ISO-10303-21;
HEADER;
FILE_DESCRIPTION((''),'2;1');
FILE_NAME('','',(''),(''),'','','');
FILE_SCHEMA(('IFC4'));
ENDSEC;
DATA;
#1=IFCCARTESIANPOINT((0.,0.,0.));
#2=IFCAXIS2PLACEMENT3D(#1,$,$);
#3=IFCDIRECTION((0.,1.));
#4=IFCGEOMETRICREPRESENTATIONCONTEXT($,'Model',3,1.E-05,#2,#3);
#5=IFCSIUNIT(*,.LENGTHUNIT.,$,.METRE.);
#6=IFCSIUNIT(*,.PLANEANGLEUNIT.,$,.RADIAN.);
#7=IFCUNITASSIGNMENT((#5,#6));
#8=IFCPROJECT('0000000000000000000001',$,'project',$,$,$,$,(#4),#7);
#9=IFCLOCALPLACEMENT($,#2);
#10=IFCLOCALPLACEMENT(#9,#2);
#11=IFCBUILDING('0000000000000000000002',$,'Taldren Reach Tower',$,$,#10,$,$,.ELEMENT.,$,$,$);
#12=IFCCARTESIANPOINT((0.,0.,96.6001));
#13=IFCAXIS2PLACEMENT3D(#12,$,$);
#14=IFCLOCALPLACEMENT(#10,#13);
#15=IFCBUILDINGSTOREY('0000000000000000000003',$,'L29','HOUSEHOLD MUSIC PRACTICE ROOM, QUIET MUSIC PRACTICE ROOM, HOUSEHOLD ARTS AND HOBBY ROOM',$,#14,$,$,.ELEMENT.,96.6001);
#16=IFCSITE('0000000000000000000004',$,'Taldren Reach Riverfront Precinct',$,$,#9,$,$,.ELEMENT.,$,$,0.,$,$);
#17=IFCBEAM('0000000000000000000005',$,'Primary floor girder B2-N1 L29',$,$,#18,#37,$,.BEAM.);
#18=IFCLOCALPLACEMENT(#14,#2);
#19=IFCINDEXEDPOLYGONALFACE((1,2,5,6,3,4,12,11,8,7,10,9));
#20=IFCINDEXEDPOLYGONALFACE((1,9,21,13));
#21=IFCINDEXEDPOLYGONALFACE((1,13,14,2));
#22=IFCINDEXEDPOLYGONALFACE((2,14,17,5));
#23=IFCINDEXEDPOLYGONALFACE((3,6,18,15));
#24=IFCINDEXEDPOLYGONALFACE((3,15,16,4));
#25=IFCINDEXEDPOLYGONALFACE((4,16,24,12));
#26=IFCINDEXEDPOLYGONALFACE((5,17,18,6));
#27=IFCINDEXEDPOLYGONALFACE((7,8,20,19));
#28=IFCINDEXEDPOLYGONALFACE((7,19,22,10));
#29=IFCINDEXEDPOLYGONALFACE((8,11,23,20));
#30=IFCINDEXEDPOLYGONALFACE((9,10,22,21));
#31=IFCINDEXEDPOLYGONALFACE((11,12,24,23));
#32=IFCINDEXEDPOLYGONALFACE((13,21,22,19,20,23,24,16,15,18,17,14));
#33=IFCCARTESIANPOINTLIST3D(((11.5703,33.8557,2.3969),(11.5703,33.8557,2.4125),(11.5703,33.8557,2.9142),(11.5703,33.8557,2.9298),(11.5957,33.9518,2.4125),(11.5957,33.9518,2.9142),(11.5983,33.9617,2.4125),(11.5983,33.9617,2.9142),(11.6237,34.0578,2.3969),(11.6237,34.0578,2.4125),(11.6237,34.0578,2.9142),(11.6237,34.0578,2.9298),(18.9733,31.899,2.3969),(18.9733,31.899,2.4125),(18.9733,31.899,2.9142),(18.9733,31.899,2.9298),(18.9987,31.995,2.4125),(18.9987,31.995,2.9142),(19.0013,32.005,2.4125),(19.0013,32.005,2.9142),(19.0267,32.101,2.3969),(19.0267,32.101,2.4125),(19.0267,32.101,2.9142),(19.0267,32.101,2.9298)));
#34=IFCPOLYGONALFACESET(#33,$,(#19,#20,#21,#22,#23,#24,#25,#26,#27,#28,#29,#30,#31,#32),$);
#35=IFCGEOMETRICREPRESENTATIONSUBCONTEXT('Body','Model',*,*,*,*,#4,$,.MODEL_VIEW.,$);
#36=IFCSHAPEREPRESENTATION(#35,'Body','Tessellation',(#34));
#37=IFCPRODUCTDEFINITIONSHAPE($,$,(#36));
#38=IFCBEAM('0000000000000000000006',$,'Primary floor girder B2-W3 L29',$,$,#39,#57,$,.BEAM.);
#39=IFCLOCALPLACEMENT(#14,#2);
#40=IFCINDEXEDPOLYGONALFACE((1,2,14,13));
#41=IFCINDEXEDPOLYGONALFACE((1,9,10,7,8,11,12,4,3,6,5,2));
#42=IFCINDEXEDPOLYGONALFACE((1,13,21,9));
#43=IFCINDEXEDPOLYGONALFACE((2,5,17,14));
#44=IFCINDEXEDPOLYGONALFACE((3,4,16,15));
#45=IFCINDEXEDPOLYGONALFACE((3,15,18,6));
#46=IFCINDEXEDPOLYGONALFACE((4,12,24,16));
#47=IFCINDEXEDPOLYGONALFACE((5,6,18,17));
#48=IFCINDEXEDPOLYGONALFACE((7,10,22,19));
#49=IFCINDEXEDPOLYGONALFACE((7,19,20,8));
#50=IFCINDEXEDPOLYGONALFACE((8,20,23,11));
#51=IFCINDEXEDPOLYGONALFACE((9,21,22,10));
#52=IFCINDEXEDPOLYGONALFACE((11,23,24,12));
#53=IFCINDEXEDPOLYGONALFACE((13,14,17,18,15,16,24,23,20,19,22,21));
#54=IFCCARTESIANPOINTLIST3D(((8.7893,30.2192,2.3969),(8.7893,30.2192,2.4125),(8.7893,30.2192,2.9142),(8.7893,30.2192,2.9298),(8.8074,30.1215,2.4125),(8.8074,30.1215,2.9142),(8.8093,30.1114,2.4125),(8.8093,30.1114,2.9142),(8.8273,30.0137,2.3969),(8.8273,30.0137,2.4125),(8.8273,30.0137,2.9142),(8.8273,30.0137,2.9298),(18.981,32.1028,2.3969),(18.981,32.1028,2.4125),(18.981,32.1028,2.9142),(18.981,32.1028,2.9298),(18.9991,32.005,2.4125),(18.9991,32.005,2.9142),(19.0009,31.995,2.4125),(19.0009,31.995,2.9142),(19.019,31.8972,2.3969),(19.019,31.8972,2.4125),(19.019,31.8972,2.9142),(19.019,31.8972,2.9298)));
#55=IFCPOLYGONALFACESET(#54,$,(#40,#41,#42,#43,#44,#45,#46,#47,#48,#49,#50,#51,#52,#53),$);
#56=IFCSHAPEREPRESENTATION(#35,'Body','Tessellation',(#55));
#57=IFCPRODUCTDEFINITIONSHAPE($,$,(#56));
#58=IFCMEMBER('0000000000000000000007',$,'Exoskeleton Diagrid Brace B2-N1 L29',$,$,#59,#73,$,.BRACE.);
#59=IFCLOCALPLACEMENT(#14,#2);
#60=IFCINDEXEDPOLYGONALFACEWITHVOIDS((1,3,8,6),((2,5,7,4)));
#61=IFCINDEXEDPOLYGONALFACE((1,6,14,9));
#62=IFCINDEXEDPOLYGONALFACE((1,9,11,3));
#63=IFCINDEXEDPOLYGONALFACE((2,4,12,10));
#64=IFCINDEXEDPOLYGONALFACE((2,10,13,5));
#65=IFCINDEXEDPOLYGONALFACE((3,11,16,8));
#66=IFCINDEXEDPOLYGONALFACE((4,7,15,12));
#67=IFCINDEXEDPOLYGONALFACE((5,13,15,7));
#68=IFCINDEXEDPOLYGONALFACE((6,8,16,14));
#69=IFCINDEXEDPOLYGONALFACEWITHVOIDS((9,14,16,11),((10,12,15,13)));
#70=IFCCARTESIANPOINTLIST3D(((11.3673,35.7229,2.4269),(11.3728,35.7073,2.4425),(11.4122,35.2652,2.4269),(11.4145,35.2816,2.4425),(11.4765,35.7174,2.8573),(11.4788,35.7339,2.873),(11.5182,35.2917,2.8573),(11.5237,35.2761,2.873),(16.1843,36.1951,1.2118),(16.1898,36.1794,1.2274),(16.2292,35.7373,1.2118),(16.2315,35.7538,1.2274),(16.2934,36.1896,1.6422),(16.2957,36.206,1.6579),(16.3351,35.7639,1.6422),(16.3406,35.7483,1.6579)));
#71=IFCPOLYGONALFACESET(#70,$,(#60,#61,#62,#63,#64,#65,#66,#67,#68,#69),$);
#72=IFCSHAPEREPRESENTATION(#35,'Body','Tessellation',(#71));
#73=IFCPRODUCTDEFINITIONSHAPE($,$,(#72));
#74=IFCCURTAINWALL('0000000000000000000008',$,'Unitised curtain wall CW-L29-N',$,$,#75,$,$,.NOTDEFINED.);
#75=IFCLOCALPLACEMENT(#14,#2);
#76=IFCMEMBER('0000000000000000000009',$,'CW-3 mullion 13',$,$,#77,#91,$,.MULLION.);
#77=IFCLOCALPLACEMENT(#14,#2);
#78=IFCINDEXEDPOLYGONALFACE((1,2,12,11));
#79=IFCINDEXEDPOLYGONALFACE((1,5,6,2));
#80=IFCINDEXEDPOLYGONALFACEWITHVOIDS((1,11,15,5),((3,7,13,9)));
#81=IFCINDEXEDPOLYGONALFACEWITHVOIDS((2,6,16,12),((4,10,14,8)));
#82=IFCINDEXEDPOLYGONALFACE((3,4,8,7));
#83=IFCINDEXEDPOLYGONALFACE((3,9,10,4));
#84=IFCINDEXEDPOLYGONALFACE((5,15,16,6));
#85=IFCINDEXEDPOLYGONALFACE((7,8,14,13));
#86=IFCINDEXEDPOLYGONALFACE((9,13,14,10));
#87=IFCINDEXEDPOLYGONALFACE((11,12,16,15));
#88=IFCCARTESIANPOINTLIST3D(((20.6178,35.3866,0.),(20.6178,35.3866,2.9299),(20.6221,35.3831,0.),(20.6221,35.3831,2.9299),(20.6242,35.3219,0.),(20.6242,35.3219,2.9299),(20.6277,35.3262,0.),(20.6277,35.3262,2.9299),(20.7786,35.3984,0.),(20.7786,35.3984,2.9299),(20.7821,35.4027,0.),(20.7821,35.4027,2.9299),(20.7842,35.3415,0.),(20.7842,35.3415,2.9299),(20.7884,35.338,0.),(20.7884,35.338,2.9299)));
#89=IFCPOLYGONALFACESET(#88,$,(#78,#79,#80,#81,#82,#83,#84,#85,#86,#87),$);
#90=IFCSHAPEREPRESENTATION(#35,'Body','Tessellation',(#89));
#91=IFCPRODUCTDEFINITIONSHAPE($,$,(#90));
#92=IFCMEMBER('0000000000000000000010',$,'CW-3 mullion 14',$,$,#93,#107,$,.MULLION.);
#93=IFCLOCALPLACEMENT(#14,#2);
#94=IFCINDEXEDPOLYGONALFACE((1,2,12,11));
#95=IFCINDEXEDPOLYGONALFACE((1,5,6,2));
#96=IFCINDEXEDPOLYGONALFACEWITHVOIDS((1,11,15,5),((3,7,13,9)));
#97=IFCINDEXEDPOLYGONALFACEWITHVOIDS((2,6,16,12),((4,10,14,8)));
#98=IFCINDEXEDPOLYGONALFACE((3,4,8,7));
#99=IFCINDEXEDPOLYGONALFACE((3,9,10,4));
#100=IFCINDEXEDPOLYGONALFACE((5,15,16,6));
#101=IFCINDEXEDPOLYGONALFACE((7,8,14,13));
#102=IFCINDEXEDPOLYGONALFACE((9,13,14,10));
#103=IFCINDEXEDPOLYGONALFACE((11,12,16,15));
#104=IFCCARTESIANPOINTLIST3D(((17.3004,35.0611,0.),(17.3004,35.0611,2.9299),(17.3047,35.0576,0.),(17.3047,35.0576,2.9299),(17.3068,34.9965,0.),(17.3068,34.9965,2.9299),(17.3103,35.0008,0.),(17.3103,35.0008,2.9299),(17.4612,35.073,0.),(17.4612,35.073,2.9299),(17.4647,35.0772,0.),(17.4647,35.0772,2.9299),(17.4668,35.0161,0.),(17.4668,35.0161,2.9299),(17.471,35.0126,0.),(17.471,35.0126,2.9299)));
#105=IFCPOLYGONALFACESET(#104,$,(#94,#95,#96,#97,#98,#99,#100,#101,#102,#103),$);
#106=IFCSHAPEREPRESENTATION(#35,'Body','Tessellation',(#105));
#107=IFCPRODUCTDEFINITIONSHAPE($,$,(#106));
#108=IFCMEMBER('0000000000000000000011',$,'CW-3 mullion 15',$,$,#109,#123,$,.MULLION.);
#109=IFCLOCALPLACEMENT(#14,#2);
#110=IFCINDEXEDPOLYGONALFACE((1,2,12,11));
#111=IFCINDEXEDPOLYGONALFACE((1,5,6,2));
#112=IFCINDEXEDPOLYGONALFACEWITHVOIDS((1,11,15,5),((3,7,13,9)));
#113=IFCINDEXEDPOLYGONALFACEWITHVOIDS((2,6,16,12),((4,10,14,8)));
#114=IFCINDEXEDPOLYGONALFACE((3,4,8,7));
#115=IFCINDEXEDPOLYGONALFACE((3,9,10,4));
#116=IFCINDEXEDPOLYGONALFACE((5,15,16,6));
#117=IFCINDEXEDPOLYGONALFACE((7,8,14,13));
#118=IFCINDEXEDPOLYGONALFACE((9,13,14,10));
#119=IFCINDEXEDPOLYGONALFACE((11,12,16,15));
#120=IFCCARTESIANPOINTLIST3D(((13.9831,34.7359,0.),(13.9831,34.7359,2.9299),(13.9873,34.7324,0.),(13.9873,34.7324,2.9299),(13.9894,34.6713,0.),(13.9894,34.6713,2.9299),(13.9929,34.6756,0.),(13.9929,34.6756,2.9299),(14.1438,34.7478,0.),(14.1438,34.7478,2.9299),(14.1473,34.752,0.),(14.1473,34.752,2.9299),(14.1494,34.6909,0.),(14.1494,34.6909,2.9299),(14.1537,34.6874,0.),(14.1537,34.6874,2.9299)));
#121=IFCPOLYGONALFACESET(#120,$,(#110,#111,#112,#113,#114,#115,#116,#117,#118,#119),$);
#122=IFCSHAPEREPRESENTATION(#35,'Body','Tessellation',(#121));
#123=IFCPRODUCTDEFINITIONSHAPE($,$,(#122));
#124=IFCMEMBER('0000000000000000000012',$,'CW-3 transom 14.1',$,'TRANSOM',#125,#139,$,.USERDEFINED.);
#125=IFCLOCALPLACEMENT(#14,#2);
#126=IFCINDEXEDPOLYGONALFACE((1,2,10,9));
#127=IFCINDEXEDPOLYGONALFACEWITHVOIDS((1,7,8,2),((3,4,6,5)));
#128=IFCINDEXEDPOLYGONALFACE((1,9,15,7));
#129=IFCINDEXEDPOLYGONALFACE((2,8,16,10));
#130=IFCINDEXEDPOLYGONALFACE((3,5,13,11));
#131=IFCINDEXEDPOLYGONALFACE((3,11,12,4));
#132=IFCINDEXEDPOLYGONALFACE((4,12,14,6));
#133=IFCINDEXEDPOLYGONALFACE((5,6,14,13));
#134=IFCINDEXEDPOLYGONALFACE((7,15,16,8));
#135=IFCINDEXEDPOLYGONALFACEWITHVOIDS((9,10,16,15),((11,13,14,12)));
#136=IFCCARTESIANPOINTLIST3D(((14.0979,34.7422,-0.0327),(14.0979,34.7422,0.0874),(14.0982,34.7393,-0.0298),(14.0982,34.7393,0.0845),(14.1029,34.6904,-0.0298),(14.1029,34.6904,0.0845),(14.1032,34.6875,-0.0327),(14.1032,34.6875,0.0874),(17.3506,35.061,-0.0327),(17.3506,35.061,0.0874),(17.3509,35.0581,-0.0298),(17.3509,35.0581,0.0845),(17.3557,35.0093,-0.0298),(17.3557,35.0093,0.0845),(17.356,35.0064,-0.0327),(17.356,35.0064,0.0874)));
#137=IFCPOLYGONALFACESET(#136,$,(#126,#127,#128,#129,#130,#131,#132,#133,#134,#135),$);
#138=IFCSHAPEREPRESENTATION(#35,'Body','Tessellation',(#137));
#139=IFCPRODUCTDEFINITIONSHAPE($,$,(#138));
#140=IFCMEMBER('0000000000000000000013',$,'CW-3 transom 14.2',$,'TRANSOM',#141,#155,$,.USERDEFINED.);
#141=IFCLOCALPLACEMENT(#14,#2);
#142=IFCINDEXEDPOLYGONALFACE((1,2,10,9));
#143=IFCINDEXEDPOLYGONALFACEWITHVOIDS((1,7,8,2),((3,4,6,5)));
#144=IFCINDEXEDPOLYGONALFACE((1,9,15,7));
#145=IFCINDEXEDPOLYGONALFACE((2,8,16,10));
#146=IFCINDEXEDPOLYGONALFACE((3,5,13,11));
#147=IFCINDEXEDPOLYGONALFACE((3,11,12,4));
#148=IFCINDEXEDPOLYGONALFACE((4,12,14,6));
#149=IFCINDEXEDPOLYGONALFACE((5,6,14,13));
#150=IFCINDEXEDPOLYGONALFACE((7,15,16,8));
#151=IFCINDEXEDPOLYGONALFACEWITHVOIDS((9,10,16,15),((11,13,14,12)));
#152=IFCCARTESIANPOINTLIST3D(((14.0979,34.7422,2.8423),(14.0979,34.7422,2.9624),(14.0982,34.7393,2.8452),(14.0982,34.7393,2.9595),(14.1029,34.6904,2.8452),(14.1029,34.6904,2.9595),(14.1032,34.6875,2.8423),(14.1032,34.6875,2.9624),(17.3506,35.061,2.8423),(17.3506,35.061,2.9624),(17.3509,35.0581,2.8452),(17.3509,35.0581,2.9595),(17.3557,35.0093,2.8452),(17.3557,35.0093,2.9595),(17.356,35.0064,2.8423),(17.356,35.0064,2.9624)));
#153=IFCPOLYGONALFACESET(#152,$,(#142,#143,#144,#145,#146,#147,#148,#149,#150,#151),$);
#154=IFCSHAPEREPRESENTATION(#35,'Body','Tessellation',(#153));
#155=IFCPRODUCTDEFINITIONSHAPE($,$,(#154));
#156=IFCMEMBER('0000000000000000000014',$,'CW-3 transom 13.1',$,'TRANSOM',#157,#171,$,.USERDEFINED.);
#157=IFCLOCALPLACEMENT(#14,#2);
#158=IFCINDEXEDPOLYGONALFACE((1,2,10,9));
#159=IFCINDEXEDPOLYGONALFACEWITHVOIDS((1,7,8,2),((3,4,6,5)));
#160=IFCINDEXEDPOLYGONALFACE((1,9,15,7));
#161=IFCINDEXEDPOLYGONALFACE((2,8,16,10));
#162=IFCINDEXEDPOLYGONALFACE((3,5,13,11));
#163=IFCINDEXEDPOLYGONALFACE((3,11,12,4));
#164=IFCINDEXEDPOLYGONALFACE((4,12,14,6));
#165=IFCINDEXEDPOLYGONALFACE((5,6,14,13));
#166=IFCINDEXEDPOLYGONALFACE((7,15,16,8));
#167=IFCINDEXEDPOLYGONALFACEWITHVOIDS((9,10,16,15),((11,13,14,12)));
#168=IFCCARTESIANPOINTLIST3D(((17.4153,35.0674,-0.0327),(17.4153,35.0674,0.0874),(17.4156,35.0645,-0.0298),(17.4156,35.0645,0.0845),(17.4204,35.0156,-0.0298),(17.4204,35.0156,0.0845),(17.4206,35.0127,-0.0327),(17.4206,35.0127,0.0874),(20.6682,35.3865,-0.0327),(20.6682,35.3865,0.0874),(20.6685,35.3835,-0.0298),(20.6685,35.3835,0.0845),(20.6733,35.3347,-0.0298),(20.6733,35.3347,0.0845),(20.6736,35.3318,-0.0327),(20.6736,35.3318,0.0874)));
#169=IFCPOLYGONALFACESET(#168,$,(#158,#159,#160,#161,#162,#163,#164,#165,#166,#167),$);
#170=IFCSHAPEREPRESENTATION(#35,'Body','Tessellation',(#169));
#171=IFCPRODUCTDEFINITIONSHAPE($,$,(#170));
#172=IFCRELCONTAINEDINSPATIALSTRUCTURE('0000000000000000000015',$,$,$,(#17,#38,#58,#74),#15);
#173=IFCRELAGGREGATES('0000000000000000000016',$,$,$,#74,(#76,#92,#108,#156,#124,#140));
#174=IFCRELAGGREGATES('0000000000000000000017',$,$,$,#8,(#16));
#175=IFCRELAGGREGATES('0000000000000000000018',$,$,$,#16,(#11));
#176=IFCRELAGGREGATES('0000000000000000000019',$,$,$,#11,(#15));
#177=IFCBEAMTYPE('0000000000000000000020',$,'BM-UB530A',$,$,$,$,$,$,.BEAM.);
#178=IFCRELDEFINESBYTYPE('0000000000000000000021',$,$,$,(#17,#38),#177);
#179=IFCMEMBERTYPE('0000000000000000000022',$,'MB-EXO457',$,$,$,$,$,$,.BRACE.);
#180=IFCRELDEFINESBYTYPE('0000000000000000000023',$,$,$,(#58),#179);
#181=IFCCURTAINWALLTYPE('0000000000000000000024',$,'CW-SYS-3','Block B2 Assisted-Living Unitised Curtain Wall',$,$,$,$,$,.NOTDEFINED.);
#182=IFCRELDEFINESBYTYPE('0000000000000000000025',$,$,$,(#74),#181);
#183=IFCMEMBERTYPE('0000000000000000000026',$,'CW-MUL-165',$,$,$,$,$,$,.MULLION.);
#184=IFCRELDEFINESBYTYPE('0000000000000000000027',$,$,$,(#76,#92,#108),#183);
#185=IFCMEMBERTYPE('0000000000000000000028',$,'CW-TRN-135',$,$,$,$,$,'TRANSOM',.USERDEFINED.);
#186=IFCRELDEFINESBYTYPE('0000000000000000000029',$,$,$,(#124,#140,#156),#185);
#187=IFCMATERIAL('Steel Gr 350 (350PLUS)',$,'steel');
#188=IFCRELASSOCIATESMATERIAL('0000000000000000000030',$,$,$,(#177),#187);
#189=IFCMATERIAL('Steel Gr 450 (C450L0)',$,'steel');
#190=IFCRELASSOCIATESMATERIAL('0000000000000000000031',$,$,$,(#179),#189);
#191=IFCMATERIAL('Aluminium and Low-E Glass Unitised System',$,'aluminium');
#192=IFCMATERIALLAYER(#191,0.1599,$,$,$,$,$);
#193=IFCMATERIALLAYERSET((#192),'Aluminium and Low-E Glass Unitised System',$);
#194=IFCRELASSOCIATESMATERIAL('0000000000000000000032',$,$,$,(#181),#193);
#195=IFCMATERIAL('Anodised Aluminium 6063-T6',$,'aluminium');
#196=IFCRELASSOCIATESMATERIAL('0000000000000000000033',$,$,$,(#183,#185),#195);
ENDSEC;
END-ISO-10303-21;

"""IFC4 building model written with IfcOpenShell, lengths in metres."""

from ifc_helpers import new_model, si_unit, direction, frame, origin, origin_2d, place, context, subcontext, project, spatial, hollow_rectangle, i_section, extrude, source, transform, mapped, material, layer, layer_set, material_profile, profile_set, type_object, element, aggregate, save


model = new_model("IFC4")

# Units and contexts
model_context = context("Model", 3, precision=1e-05, world=origin(), true_north=direction((0.0, 1.0)))
body_context = subcontext(model_context, "Body", "Model", "MODEL_VIEW")
ifc_project = project(units=[si_unit("LENGTHUNIT", "METRE"), si_unit("PLANEANGLEUNIT", "RADIAN")], contexts=[model_context])

# Site, building, storey
site_placement = place(None, origin())
site = spatial("IfcSite", under=ifc_project, at=site_placement, Name="Taldren Reach Riverfront Precinct", CompositionType="ELEMENT", RefElevation=0.0)
building_placement = place(site_placement, origin())
building = spatial("IfcBuilding", under=site, at=building_placement, Name="Taldren Reach Tower", CompositionType="ELEMENT")
storey_placement = place(building_placement, frame((0.0, 0.0, 96.6001)))
storey = spatial("IfcBuildingStorey", under=building, at=storey_placement, Name="L29", Description="HOUSEHOLD MUSIC PRACTICE ROOM, QUIET MUSIC PRACTICE ROOM, HOUSEHOLD ARTS AND HOBBY ROOM", CompositionType="ELEMENT", Elevation=96.6001)

# Beams
ifc_material_1 = material(Name="Steel Gr 350 (350PLUS)", Category="steel")
ifc_material_profile_1 = material_profile(ifc_material_1, i_section(OverallWidth=0.209, OverallDepth=0.533, WebThickness=0.0103, FlangeThickness=0.0156, at=origin_2d()), Name="530UB92.4")
ifc_profile_set_1 = profile_set([ifc_material_profile_1], Name="Steel Gr 350 (350PLUS)")
beam_type = type_object("IfcBeamType", Name="BM-UB530A", PredefinedType="BEAM", material=ifc_profile_set_1)
shared_shape_1 = source(origin(), body_context, "Body", "SweptSolid", [
    extrude(i_section(OverallWidth=0.209, OverallDepth=0.533, WebThickness=0.0103, FlangeThickness=0.0156, at=origin_2d()), origin(), (0.0, 0.0, 1.0), 7.6572),
])
beam_1_placement = place(storey_placement, frame((19.0, 32.0, 2.6633), z_axis=(-0.966797, 0.255545, 0.0), x_axis=(-0.255545, -0.966797, 0.0)))
element("IfcBeam", 1, at=beam_1_placement, inside=storey, type_object=beam_type, Name="Primary floor girder B2-N1 L29", PredefinedType="BEAM", context=body_context, shape_type="MappedRepresentation", body=[
    mapped(shared_shape_1, transform((0.0, 0.0, 0.0), scale=1.0)),
])
shared_shape_2 = source(origin(), body_context, "Body", "SweptSolid", [
    extrude(i_section(OverallWidth=0.209, OverallDepth=0.533, WebThickness=0.0103, FlangeThickness=0.0156, at=origin_2d()), origin(), (0.0, 0.0, 1.0), 10.3643),
])
beam_2_placement = place(storey_placement, frame((19.0, 32.0, 2.6633), z_axis=(-0.983348, -0.181735, 0.0), x_axis=(0.181735, -0.983348, 0.0)))
element("IfcBeam", 2, at=beam_2_placement, inside=storey, type_object=beam_type, Name="Primary floor girder B2-W3 L29", PredefinedType="BEAM", context=body_context, shape_type="MappedRepresentation", body=[
    mapped(shared_shape_2, transform((0.0, 0.0, 0.0), scale=1.0)),
])

# Member
ifc_material_2 = material(Name="Steel Gr 450 (C450L0)", Category="steel")
ifc_material_profile_2 = material_profile(ifc_material_2, hollow_rectangle(XDim=0.46, YDim=0.46, WallThickness=0.0161, at=origin_2d()), Name="460x460x16.0SHS")
ifc_profile_set_2 = profile_set([ifc_material_profile_2], Name="Steel Gr 450 (C450L0)")
member_type_1 = type_object("IfcMemberType", Name="MB-EXO457", PredefinedType="BRACE", material=ifc_profile_set_2)
shared_shape_3 = source(origin(), body_context, "Body", "SweptSolid", [
    extrude(hollow_rectangle(XDim=0.46, YDim=0.46, WallThickness=0.0161, at=origin_2d()), origin(), (0.0, 0.0, 1.0), 4.9902),
])
member_1_placement = place(storey_placement, frame((16.2625, 35.9717, 1.4348), z_axis=(-0.965276, -0.09462, 0.243496), x_axis=(0.097556, -0.99523, 0.0)))
element("IfcMember", 3, at=member_1_placement, inside=storey, type_object=member_type_1, Name="Exoskeleton Diagrid Brace B2-N1 L29", PredefinedType="BRACE", context=body_context, shape_type="MappedRepresentation", body=[
    mapped(shared_shape_3, transform((0.0, 0.0, 0.0), scale=1.0)),
])

# Curtain wall, members
ifc_material_3 = material(Name="Aluminium and Low-E Glass Unitised System", Category="aluminium")
ifc_layer_1 = layer(ifc_material_3, 0.1599)
ifc_layer_set_1 = layer_set([ifc_layer_1], Name="Aluminium and Low-E Glass Unitised System")
curtain_wall_type = type_object("IfcCurtainWallType", Name="CW-SYS-3", Description="Block B2 Assisted-Living Unitised Curtain Wall", PredefinedType="NOTDEFINED", material=ifc_layer_set_1)
curtain_wall_placement = place(storey_placement, origin())
curtain_wall = element("IfcCurtainWall", 4, at=curtain_wall_placement, inside=storey, type_object=curtain_wall_type, Name="Unitised curtain wall CW-L29-N", PredefinedType="NOTDEFINED")
ifc_material_4 = material(Name="Anodised Aluminium 6063-T6", Category="aluminium")
ifc_material_profile_3 = material_profile(ifc_material_4, hollow_rectangle(XDim=0.0649, YDim=0.165, WallThickness=0.0039, at=origin_2d()), Name="ALU-165x65x4RHS")
ifc_profile_set_3 = profile_set([ifc_material_profile_3], Name="Anodised Aluminium 6063-T6")
member_type_2 = type_object("IfcMemberType", Name="CW-MUL-165", PredefinedType="MULLION", material=ifc_profile_set_3)
shared_shape_4 = source(origin(), body_context, "Body", "SweptSolid", [
    extrude(hollow_rectangle(XDim=0.0649, YDim=0.165, WallThickness=0.0039, at=origin_2d()), origin(), (0.0, 0.0, 1.0), 2.9299),
])
member_2_placement = place(storey_placement, frame((20.7031, 35.3623, 0.0), z_axis=(0.0, 0.0, 1.0), x_axis=(0.097583, -0.995227, 0.0)))
member_2 = element("IfcMember", 5, at=member_2_placement, type_object=member_type_2, Name="CW-3 mullion 13", PredefinedType="MULLION", context=body_context, shape_type="MappedRepresentation", body=[
    mapped(shared_shape_4, transform((0.0, 0.0, 0.0), scale=1.0)),
])
member_3_placement = place(storey_placement, frame((17.3857, 35.0369, 0.0), z_axis=(0.0, 0.0, 1.0), x_axis=(0.097583, -0.995227, 0.0)))
member_3 = element("IfcMember", 6, at=member_3_placement, type_object=member_type_2, Name="CW-3 mullion 14", PredefinedType="MULLION", context=body_context, shape_type="MappedRepresentation", body=[
    mapped(shared_shape_4, transform((0.0, 0.0, 0.0), scale=1.0)),
])
member_4_placement = place(storey_placement, frame((14.0684, 34.7117, 0.0), z_axis=(0.0, 0.0, 1.0), x_axis=(0.097583, -0.995227, 0.0)))
member_4 = element("IfcMember", 7, at=member_4_placement, type_object=member_type_2, Name="CW-3 mullion 15", PredefinedType="MULLION", context=body_context, shape_type="MappedRepresentation", body=[
    mapped(shared_shape_4, transform((0.0, 0.0, 0.0), scale=1.0)),
])
ifc_material_profile_4 = material_profile(ifc_material_4, hollow_rectangle(XDim=0.0549, YDim=0.1201, WallThickness=0.0029, at=origin_2d()), Name="ALU-120x55x3RHS")
ifc_profile_set_4 = profile_set([ifc_material_profile_4], Name="Anodised Aluminium 6063-T6")
member_type_3 = type_object("IfcMemberType", Name="CW-TRN-135", ElementType="TRANSOM", PredefinedType="USERDEFINED", material=ifc_profile_set_4)
shared_shape_5 = source(origin(), body_context, "Body", "SweptSolid", [
    extrude(hollow_rectangle(XDim=0.0549, YDim=0.1201, WallThickness=0.0029, at=origin_2d()), origin(), (0.0, 0.0, 1.0), 3.2683),
])
member_5_placement = place(storey_placement, frame((17.3533, 35.0337, 0.0273), z_axis=(-0.99523, -0.097558, 0.0), x_axis=(0.097558, -0.99523, 0.0)))
member_5 = element("IfcMember", 8, at=member_5_placement, type_object=member_type_3, Name="CW-3 transom 14.1", ObjectType="TRANSOM", PredefinedType="USERDEFINED", context=body_context, shape_type="MappedRepresentation", body=[
    mapped(shared_shape_5, transform((0.0, 0.0, 0.0), scale=1.0)),
])
member_6_placement = place(storey_placement, frame((17.3533, 35.0337, 2.9023), z_axis=(-0.99523, -0.097558, 0.0), x_axis=(0.097558, -0.99523, 0.0)))
member_6 = element("IfcMember", 9, at=member_6_placement, type_object=member_type_3, Name="CW-3 transom 14.2", ObjectType="TRANSOM", PredefinedType="USERDEFINED", context=body_context, shape_type="MappedRepresentation", body=[
    mapped(shared_shape_5, transform((0.0, 0.0, 0.0), scale=1.0)),
])
shared_shape_6 = source(origin(), body_context, "Body", "SweptSolid", [
    extrude(hollow_rectangle(XDim=0.0549, YDim=0.1201, WallThickness=0.0029, at=origin_2d()), origin(), (0.0, 0.0, 1.0), 3.2686),
])
member_7_placement = place(storey_placement, frame((20.6709, 35.3591, 0.0273), z_axis=(-0.995223, -0.097625, 0.0), x_axis=(0.097625, -0.995223, 0.0)))
member_7 = element("IfcMember", 10, at=member_7_placement, type_object=member_type_3, Name="CW-3 transom 13.1", ObjectType="TRANSOM", PredefinedType="USERDEFINED", context=body_context, shape_type="MappedRepresentation", body=[
    mapped(shared_shape_6, transform((0.0, 0.0, 0.0), scale=1.0)),
])
aggregate(curtain_wall, [member_2, member_3, member_4, member_7, member_5, member_6])

save(model, "model.ifc")
